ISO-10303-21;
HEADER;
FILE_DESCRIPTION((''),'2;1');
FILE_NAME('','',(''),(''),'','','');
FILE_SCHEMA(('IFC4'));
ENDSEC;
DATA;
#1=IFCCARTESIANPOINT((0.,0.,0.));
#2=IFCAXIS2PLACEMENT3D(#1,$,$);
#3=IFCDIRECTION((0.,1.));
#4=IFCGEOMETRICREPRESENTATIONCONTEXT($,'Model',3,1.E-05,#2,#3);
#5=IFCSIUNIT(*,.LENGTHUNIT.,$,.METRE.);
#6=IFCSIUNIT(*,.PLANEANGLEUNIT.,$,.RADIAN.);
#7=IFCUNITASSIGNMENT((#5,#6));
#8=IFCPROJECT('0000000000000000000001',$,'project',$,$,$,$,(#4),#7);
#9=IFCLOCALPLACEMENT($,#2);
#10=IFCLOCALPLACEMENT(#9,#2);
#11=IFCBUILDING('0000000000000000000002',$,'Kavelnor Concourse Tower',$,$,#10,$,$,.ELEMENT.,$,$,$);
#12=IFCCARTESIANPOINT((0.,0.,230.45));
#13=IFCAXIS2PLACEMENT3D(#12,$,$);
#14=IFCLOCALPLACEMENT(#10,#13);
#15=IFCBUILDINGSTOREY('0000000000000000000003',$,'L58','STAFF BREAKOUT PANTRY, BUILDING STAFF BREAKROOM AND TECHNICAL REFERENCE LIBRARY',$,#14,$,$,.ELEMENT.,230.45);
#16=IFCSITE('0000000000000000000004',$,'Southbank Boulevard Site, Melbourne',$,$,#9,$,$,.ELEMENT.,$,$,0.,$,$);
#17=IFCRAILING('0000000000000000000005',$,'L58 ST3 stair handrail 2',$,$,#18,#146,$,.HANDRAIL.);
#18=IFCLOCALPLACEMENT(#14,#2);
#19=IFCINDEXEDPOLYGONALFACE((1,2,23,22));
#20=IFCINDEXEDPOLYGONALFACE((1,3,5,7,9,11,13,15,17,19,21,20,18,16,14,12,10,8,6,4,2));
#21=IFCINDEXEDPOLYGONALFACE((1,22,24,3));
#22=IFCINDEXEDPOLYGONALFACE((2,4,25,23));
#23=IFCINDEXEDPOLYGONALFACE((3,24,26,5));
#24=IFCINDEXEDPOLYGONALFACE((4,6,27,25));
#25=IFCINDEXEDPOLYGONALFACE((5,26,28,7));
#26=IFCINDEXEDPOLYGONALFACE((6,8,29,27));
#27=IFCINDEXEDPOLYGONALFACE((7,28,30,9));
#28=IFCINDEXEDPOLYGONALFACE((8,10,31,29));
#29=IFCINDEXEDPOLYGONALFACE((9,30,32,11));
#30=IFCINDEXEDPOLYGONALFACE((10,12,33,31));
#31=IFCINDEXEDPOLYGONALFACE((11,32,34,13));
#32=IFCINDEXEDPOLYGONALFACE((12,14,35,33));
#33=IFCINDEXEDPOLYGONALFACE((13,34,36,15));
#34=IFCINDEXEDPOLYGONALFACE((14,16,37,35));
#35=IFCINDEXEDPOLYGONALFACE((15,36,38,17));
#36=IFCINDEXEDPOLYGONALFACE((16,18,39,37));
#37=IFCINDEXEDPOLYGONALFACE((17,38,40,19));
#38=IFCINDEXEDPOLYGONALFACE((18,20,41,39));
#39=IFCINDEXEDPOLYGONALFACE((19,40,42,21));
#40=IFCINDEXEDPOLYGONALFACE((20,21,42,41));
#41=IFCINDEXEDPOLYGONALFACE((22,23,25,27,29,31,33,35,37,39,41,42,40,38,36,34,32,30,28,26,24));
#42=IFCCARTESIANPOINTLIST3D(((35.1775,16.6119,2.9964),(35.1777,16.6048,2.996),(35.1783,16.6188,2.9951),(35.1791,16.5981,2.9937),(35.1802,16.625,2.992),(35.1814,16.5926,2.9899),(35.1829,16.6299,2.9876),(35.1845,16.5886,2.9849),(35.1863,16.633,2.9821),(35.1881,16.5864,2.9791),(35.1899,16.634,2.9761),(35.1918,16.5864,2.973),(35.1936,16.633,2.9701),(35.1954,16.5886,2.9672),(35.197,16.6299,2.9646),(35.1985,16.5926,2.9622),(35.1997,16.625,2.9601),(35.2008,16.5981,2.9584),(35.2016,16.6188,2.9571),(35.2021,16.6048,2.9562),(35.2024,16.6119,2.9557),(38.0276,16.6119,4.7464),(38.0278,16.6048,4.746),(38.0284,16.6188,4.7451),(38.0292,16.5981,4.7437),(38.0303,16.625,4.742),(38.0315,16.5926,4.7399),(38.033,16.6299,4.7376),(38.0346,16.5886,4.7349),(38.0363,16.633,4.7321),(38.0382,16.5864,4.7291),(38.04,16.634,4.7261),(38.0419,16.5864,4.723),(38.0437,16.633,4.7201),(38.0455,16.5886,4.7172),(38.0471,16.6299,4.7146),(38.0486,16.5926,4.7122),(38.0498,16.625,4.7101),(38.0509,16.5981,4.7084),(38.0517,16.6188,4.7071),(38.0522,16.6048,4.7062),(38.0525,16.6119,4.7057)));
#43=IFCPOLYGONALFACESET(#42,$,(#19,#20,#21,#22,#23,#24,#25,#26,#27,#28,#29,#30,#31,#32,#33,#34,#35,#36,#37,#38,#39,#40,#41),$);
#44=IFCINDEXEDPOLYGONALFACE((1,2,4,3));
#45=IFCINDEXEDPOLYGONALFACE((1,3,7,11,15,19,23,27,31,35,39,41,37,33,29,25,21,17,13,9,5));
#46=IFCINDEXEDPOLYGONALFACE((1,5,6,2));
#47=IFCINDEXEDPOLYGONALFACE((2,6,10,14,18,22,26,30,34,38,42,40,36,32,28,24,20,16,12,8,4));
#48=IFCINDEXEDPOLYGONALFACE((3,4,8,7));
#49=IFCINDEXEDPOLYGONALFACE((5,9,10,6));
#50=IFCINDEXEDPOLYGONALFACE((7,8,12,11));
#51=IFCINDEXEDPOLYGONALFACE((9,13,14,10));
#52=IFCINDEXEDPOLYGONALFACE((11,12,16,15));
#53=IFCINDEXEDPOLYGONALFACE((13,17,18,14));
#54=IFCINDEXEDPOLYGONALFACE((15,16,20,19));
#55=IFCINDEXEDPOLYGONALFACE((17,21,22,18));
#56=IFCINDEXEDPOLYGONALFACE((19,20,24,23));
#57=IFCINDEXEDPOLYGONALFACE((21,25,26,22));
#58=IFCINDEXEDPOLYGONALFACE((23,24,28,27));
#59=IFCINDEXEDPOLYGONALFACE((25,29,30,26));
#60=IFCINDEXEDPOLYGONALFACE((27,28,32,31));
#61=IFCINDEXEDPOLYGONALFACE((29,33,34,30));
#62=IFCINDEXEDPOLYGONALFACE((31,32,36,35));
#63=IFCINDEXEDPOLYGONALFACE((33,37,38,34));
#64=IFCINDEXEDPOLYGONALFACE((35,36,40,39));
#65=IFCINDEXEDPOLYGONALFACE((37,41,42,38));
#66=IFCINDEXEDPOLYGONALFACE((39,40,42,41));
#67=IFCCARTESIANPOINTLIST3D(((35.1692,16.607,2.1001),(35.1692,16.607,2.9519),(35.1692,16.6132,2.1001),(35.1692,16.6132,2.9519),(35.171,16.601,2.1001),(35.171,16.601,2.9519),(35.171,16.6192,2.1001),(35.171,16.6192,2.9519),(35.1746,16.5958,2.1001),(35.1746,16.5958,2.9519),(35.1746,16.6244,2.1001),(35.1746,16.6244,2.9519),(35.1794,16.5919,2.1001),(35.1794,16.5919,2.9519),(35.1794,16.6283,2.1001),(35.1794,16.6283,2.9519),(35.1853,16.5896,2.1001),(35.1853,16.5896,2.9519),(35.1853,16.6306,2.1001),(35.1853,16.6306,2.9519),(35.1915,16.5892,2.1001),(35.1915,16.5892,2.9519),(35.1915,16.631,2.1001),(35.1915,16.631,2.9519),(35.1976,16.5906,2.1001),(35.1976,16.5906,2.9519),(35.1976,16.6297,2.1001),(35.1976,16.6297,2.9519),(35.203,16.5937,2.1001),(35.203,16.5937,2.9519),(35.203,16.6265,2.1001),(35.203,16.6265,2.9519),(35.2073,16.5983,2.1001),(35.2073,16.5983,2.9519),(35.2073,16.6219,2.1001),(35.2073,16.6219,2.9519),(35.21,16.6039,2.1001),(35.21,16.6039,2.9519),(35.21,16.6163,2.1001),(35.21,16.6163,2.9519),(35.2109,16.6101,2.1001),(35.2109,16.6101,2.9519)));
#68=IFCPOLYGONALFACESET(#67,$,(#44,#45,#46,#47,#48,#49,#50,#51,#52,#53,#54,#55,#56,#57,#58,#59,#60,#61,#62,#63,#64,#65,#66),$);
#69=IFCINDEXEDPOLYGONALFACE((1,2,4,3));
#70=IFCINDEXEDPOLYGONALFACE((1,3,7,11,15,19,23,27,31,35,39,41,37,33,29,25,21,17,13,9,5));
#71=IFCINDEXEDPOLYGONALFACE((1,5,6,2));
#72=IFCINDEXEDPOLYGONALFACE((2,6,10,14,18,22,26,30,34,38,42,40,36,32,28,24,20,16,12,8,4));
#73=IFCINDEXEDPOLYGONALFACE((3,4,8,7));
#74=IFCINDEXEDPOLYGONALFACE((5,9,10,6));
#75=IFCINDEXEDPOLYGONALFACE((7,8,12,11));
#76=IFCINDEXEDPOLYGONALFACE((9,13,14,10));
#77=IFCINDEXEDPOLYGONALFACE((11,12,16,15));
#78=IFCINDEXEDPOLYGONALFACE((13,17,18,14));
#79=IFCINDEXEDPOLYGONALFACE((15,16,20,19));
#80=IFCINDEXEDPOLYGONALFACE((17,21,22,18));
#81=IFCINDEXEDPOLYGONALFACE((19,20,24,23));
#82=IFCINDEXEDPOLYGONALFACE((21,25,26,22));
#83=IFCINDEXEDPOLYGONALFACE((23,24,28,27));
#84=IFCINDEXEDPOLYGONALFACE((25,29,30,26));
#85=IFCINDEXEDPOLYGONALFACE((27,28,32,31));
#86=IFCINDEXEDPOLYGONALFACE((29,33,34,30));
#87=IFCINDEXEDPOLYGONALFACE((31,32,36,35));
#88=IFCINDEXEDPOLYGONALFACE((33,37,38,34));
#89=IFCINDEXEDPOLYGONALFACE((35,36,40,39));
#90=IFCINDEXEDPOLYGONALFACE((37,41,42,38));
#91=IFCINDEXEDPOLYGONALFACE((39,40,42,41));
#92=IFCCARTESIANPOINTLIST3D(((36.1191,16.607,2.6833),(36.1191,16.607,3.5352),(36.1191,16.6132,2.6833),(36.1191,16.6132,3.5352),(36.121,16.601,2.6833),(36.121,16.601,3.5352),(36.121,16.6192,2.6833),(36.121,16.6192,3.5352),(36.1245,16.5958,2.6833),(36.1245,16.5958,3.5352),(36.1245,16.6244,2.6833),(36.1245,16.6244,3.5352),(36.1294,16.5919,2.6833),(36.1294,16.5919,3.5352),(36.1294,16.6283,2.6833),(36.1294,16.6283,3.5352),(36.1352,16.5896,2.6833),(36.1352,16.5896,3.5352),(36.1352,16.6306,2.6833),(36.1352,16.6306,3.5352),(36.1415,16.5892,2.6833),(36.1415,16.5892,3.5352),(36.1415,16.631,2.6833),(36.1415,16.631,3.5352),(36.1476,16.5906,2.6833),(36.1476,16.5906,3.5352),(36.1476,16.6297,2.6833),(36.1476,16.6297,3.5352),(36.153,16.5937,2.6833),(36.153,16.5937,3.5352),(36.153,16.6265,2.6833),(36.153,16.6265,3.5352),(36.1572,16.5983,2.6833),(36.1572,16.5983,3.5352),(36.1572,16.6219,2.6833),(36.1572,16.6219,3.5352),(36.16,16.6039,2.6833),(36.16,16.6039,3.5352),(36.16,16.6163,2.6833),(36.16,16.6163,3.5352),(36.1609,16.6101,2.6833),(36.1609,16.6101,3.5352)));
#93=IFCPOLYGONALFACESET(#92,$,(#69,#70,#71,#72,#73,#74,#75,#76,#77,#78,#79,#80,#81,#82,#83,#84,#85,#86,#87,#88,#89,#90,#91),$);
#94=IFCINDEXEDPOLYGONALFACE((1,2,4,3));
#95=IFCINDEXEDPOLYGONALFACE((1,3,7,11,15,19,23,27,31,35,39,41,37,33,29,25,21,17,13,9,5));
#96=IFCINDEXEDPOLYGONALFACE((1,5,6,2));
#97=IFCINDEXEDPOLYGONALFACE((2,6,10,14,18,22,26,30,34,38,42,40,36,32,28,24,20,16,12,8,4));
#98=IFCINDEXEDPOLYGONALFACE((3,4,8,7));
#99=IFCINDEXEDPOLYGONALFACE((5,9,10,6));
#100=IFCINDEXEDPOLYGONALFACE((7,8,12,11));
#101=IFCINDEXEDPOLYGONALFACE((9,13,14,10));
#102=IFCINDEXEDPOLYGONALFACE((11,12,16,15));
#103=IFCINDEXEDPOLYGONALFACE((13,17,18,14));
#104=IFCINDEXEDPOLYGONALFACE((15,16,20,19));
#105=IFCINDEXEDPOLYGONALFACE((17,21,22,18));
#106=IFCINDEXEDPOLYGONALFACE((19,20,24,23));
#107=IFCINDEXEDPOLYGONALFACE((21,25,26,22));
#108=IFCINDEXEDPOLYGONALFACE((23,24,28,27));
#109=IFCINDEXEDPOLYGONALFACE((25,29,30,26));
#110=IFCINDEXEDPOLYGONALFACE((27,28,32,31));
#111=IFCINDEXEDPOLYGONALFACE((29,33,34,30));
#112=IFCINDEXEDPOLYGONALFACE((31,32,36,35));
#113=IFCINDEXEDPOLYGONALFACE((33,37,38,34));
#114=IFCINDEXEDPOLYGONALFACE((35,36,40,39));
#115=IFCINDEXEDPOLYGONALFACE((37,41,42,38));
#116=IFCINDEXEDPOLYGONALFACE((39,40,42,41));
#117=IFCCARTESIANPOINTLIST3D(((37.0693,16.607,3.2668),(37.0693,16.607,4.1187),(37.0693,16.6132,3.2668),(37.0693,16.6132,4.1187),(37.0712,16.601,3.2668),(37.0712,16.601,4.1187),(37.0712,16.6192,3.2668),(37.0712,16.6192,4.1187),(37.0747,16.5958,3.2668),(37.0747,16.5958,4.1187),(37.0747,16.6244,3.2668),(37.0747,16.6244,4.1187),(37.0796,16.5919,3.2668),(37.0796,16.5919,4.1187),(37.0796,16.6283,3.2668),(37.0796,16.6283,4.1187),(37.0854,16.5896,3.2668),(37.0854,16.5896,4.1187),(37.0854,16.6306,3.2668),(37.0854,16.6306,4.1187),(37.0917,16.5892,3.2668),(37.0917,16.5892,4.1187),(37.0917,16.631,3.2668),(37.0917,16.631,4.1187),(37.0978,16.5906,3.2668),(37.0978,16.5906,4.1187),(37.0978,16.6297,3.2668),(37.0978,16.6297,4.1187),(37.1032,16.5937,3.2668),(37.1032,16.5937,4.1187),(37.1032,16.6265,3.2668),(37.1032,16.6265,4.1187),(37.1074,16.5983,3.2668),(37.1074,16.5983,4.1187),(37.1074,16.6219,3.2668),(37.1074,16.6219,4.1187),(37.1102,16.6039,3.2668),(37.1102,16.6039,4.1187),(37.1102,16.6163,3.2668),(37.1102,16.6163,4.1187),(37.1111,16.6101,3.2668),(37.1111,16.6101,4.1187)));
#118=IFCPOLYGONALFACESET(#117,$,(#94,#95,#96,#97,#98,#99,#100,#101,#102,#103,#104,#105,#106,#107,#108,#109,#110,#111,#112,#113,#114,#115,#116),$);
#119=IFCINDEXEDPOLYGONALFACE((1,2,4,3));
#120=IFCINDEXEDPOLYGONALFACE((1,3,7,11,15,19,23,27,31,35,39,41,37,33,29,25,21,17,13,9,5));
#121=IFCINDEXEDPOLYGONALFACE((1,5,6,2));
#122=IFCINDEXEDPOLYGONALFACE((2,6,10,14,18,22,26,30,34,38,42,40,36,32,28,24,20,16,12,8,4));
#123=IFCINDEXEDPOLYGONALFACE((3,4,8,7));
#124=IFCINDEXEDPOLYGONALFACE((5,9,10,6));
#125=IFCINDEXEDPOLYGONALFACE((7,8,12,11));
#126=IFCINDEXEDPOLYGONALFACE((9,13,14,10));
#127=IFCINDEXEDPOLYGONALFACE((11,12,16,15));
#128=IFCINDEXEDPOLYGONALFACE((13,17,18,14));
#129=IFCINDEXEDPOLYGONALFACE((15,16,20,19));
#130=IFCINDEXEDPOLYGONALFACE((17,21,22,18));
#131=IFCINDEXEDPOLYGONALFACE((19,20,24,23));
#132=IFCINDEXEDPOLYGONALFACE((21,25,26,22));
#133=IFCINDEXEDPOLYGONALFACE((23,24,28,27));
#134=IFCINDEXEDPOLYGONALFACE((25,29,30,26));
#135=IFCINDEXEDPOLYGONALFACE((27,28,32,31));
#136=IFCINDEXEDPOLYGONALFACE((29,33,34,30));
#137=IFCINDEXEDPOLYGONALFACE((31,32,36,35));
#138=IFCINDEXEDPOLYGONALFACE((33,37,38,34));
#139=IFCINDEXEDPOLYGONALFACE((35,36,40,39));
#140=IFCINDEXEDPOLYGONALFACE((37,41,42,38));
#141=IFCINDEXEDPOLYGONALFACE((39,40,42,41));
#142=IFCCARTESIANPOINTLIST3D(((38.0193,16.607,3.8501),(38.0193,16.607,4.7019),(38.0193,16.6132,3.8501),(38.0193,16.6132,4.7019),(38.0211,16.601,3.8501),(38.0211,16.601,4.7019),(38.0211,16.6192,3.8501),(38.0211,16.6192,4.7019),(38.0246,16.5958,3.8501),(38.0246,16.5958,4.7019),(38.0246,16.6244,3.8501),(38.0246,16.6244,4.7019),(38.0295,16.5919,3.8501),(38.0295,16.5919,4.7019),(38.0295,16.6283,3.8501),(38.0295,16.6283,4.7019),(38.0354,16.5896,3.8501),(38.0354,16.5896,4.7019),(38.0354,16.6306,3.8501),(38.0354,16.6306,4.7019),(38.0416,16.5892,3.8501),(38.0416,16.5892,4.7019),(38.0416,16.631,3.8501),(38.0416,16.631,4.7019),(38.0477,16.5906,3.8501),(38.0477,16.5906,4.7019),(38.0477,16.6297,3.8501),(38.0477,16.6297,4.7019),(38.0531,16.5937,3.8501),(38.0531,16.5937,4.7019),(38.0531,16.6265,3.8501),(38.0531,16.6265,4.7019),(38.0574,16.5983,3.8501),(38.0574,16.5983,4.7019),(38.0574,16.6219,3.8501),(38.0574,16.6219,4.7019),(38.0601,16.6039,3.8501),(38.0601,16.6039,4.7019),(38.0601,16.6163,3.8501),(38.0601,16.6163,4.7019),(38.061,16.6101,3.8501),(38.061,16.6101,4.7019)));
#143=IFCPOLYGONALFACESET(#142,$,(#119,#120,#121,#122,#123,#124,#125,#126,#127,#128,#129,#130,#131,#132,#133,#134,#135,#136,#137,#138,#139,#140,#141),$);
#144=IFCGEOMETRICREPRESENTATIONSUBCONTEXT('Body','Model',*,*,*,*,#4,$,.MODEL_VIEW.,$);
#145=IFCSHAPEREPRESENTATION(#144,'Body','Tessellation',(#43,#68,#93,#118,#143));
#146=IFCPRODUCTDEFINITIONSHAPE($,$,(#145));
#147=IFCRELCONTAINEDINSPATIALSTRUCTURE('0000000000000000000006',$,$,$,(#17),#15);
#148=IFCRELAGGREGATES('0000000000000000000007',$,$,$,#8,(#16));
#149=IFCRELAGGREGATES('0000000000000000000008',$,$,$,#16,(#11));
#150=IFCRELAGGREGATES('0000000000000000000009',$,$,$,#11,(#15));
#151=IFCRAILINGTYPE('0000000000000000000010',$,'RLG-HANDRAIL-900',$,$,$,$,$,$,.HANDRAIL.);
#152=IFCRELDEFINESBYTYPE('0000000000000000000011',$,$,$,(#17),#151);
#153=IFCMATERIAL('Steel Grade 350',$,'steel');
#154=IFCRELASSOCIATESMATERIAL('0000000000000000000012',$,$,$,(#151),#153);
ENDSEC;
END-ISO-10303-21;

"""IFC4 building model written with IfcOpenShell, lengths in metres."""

from ifc_helpers import new_model, si_unit, direction, frame, origin, origin_2d, place, context, subcontext, project, spatial, circle, extrude, material, type_object, element, save


model = new_model("IFC4")

# Units and contexts
model_context = context("Model", 3, precision=1e-05, world=origin(), true_north=direction((0.0, 1.0)))
body_context = subcontext(model_context, "Body", "Model", "MODEL_VIEW")
ifc_project = project(units=[si_unit("LENGTHUNIT", "METRE"), si_unit("PLANEANGLEUNIT", "RADIAN")], contexts=[model_context])

# Site, building, storey
site_placement = place(None, origin())
site = spatial("IfcSite", under=ifc_project, at=site_placement, Name="Southbank Boulevard Site, Melbourne", CompositionType="ELEMENT", RefElevation=0.0)
building_placement = place(site_placement, origin())
building = spatial("IfcBuilding", under=site, at=building_placement, Name="Kavelnor Concourse Tower", CompositionType="ELEMENT")
storey_placement = place(building_placement, frame((0.0, 0.0, 230.45)))
storey = spatial("IfcBuildingStorey", under=building, at=storey_placement, Name="L58", Description="STAFF BREAKOUT PANTRY, BUILDING STAFF BREAKROOM AND TECHNICAL REFERENCE LIBRARY", CompositionType="ELEMENT", Elevation=230.45)

# Shared definitions
ifc_material_1 = material(Name="Steel Grade 350", Category="steel")

# Railing
railing_type_1 = type_object("IfcRailingType", Name="RLG-HANDRAIL-900", PredefinedType="HANDRAIL", material=ifc_material_1)
railing_1_placement = place(storey_placement, frame((35.1899, 16.6101, 2.1001)))
element("IfcRailing", 1, at=railing_1_placement, inside=storey, type_object=railing_type_1, Name="L58 ST3 stair handrail 2", PredefinedType="HANDRAIL", context=body_context, shape_type="SweptSolid", body=[
    extrude(circle(Radius=0.0239, at=origin_2d()), frame((0.0, 0.0, 0.876), z_axis=(0.852179, 0.0, 0.52325), x_axis=(0.0, 1.0, 0.0)), (0.0, 0.0, 1.0), 3.3445),
    extrude(circle(Radius=0.021, at=origin_2d()), origin(), (0.0, 0.0, 1.0), 0.8518),
    extrude(circle(Radius=0.021, at=origin_2d()), frame((0.95, 0.0, 0.5833)), (0.0, 0.0, 1.0), 0.8518),
    extrude(circle(Radius=0.021, at=origin_2d()), frame((1.9001, 0.0, 1.1667)), (0.0, 0.0, 1.0), 0.8518),
    extrude(circle(Radius=0.021, at=origin_2d()), frame((2.8501, 0.0, 1.75)), (0.0, 0.0, 1.0), 0.8518),
])

save(model, "model.ifc")
